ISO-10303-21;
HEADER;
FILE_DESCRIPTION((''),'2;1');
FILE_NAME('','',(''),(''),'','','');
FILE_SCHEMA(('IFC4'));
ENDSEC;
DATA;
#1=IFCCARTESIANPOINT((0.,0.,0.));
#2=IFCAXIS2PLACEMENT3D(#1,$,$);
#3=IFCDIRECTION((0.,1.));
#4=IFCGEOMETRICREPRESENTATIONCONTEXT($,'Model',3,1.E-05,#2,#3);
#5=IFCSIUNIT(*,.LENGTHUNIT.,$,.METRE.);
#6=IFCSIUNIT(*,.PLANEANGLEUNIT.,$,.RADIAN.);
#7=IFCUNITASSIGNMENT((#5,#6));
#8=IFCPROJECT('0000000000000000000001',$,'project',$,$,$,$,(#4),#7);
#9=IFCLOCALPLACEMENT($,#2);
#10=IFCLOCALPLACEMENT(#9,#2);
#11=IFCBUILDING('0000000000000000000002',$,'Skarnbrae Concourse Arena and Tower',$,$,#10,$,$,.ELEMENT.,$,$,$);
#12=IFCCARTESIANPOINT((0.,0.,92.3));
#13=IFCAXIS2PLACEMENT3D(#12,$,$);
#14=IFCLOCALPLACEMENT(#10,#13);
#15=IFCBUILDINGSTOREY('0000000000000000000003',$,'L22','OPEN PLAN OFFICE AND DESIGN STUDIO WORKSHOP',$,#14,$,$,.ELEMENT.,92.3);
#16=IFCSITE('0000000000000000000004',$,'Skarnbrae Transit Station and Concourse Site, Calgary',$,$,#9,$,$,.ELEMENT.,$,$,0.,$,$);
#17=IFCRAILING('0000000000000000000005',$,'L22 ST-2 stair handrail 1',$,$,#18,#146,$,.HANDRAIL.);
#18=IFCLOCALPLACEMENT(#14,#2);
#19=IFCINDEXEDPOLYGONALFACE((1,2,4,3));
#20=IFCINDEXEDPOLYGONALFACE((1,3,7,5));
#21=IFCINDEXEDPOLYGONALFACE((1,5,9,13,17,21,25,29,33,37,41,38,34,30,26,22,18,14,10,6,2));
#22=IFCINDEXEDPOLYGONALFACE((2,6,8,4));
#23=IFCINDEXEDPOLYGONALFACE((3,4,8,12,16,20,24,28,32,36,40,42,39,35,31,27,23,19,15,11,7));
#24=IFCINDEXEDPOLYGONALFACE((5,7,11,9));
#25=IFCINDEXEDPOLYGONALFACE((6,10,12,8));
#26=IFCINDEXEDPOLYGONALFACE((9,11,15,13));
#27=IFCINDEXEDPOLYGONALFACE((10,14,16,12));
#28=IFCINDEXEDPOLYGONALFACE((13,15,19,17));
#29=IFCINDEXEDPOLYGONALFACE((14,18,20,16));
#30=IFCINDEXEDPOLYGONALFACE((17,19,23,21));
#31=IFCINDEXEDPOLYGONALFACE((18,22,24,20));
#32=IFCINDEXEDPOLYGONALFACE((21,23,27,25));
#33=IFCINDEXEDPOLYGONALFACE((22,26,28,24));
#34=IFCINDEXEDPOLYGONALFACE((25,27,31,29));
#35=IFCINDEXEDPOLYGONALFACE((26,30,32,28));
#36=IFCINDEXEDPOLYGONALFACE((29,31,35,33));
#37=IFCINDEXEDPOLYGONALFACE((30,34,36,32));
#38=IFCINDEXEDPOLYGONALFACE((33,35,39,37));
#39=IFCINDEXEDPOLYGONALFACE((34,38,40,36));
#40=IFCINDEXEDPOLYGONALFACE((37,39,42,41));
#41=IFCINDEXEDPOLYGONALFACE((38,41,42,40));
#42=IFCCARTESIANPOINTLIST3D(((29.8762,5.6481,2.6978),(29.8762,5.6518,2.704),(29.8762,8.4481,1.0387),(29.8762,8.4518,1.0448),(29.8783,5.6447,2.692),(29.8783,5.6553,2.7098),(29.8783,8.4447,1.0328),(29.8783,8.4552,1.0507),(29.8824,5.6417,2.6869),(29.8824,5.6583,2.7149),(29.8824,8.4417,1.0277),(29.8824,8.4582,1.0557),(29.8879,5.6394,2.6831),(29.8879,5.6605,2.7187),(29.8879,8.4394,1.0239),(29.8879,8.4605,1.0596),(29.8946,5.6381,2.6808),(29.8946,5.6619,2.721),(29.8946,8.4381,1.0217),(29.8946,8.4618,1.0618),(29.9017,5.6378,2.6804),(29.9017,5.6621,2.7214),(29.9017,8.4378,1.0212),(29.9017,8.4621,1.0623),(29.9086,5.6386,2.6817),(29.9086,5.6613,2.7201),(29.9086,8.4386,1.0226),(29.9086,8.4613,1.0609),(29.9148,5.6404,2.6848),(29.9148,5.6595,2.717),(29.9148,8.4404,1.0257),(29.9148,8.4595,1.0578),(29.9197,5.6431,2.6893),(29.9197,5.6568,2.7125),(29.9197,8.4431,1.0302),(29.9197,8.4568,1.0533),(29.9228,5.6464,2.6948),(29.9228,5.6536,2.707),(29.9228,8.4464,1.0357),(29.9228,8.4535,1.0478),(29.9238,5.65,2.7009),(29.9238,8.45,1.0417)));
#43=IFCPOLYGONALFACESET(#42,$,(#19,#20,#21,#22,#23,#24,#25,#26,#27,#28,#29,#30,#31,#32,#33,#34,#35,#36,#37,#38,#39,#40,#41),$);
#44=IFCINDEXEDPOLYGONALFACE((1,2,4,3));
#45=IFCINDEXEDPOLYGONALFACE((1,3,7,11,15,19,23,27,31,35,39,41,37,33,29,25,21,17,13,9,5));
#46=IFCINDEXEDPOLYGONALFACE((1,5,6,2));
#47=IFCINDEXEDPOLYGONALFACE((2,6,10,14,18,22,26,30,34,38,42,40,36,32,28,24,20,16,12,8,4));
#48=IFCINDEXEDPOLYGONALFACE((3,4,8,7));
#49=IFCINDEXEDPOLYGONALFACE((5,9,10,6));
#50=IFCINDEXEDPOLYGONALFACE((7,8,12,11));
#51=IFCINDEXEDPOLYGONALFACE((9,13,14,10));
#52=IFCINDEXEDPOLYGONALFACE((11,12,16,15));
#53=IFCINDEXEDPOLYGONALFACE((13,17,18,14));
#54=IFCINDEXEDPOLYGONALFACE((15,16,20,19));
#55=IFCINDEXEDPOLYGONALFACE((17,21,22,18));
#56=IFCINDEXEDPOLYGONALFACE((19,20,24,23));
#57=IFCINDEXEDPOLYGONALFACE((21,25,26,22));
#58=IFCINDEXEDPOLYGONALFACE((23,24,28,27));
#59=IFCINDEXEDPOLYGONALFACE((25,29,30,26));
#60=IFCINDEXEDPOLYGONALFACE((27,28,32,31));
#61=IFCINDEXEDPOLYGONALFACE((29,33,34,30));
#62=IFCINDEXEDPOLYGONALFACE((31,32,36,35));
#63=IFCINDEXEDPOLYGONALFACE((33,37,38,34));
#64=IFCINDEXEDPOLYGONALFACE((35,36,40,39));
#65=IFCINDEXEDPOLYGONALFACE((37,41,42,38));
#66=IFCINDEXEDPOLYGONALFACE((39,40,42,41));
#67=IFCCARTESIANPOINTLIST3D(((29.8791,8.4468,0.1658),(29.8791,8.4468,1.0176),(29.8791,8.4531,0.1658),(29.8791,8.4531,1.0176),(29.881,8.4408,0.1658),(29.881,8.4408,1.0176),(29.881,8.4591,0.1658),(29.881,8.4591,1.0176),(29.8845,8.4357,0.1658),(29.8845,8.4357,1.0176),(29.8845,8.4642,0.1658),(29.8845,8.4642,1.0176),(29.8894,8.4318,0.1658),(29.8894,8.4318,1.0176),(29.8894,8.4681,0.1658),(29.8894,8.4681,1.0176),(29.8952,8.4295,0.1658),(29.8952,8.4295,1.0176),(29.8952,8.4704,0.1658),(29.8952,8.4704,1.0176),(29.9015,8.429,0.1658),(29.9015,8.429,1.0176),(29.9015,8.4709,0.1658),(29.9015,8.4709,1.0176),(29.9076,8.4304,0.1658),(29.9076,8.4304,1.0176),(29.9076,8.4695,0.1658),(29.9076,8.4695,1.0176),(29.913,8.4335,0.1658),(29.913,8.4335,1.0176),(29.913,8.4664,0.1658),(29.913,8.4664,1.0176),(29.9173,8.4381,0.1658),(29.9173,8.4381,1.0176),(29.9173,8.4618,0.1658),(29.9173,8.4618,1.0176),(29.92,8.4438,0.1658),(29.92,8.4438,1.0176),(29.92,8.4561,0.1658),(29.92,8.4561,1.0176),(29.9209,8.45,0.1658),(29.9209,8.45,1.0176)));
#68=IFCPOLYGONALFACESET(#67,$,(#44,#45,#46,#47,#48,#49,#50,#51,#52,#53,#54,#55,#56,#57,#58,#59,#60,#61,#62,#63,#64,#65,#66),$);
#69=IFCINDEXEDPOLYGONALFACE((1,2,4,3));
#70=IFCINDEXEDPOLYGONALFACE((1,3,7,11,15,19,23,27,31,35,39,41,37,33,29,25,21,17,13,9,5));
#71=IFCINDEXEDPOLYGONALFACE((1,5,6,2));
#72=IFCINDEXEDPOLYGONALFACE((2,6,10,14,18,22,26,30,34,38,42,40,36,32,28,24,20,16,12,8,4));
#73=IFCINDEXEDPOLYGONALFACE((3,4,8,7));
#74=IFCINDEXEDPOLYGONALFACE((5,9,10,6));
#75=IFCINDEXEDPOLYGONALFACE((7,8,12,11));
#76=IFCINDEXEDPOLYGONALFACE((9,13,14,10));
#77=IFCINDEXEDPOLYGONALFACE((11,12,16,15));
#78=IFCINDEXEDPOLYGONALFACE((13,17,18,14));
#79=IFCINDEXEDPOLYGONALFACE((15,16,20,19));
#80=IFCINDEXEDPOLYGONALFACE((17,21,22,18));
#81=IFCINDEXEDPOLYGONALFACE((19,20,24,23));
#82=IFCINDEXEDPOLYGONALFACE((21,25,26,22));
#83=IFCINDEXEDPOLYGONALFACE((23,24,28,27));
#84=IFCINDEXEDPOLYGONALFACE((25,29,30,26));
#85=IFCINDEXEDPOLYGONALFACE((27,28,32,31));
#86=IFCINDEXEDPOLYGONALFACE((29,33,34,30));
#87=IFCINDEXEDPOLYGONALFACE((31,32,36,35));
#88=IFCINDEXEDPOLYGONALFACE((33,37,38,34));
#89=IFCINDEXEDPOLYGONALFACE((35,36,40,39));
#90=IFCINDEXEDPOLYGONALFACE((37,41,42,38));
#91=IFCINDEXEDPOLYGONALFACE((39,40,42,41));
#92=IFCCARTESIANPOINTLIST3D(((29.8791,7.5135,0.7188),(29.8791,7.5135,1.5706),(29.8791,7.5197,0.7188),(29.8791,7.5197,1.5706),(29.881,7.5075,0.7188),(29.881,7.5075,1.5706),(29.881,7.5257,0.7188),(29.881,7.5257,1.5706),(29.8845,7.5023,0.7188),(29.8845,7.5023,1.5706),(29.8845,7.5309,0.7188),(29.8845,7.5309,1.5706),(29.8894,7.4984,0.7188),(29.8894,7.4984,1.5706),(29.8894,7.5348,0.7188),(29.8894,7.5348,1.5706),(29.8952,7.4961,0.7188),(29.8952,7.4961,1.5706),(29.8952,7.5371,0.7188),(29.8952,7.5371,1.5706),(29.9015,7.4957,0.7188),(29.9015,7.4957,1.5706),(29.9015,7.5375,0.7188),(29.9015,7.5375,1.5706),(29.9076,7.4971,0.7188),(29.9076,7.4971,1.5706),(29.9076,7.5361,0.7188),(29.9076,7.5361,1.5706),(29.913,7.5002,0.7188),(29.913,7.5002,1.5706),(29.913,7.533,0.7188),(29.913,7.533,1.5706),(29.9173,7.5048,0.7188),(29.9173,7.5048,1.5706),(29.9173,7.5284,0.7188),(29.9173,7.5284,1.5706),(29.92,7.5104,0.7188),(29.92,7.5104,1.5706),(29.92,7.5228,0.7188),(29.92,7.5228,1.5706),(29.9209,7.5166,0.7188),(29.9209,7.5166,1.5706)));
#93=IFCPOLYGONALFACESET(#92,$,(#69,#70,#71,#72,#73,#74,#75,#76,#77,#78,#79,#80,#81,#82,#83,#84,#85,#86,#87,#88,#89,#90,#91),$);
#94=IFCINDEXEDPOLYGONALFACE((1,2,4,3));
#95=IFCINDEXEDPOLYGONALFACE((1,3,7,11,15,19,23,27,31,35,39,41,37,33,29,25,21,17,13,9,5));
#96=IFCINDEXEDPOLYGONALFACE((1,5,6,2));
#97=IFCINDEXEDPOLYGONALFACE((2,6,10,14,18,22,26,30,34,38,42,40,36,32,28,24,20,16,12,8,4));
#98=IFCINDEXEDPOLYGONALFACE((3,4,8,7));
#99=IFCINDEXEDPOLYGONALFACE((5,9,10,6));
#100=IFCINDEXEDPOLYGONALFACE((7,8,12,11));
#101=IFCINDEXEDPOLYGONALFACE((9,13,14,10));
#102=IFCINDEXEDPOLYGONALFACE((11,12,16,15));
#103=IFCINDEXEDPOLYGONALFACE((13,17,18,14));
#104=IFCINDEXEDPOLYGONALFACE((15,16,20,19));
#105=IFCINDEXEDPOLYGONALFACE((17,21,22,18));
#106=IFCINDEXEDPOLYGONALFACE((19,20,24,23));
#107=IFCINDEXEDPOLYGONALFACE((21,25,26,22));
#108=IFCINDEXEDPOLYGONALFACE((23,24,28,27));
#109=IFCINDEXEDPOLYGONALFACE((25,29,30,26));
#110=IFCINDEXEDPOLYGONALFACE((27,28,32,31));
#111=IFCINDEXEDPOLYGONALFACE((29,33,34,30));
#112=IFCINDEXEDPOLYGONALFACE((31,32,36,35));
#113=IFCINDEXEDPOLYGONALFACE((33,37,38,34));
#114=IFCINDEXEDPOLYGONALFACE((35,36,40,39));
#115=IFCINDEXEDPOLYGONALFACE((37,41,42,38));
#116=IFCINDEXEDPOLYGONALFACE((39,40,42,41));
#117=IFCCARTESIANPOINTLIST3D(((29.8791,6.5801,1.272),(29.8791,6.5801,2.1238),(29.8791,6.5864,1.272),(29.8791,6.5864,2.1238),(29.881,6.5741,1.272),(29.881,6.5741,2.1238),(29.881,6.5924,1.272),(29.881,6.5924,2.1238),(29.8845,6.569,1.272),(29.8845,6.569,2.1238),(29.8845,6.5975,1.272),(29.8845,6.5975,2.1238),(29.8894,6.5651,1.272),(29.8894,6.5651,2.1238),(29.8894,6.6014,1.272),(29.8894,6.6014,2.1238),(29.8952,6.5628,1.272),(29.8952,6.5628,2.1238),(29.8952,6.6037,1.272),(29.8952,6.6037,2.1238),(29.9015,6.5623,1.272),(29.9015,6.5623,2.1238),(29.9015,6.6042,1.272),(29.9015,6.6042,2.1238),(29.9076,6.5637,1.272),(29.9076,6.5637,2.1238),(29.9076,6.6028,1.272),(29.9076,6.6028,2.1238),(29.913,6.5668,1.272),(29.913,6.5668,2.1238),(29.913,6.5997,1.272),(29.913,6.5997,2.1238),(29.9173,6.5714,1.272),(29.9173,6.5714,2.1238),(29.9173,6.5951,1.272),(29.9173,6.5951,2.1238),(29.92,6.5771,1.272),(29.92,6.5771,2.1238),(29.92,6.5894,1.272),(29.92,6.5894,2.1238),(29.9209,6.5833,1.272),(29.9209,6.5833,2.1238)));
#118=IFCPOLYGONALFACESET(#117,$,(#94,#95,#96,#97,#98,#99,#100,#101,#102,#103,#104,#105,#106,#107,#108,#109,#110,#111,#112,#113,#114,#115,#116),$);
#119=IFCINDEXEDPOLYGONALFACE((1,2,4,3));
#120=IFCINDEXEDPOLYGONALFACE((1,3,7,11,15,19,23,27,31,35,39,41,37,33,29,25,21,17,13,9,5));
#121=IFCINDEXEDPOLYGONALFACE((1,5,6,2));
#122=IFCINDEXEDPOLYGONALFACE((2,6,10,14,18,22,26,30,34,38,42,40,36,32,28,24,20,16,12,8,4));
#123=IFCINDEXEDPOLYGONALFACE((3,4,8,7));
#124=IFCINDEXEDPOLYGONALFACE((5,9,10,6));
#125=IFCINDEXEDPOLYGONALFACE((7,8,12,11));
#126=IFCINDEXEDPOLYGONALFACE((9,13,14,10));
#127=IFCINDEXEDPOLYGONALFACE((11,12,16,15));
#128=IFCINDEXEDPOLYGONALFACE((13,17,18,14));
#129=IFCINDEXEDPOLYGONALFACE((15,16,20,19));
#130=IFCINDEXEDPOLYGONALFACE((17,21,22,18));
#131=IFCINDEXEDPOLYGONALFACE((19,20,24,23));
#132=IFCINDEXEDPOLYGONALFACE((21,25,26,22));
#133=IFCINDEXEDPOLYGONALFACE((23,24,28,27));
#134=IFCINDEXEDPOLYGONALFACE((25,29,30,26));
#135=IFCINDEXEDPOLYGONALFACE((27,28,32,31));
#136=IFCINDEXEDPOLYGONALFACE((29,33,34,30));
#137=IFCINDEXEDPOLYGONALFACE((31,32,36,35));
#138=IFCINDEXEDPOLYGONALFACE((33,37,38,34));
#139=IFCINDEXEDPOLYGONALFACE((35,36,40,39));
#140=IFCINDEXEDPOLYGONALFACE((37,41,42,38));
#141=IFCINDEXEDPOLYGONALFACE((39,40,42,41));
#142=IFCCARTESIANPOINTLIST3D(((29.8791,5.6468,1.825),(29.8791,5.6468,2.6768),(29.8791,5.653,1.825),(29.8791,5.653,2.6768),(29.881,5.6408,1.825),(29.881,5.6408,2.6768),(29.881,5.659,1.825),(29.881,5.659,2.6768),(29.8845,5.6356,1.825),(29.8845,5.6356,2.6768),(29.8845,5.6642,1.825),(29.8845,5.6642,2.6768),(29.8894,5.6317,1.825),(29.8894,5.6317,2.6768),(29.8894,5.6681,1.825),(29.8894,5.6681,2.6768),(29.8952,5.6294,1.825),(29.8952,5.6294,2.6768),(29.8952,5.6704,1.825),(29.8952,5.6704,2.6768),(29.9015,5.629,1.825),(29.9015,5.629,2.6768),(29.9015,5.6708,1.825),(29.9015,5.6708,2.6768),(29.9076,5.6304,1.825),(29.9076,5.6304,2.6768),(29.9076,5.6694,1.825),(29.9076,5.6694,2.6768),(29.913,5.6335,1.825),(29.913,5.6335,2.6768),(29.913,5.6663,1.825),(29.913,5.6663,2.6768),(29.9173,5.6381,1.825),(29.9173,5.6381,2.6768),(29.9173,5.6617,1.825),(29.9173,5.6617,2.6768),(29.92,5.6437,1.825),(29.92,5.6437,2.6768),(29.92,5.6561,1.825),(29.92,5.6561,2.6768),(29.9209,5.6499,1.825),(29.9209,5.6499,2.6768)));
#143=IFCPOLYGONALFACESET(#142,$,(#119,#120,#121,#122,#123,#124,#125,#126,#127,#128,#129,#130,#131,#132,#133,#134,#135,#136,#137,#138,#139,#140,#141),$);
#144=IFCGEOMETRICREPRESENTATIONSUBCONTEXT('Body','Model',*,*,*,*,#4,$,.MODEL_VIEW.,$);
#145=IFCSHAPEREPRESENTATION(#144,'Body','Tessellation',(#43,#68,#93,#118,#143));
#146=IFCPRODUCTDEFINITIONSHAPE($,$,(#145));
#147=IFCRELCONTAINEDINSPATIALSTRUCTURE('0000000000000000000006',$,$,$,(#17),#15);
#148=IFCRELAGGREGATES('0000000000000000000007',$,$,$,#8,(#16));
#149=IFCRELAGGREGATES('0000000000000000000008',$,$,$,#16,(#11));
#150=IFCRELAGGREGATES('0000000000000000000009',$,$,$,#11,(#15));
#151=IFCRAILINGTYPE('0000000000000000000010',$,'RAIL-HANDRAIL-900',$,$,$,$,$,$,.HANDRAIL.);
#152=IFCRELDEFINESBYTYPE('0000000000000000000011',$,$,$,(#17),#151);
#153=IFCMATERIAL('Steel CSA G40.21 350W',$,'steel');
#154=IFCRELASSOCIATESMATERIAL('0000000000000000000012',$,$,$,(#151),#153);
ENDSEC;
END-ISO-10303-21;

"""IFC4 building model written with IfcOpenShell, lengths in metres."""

from ifc_helpers import new_model, si_unit, direction, frame, origin, origin_2d, place, context, subcontext, project, spatial, circle, extrude, material, type_object, element, save


model = new_model("IFC4")

# Units and contexts
model_context = context("Model", 3, precision=1e-05, world=origin(), true_north=direction((0.0, 1.0)))
body_context = subcontext(model_context, "Body", "Model", "MODEL_VIEW")
ifc_project = project(units=[si_unit("LENGTHUNIT", "METRE"), si_unit("PLANEANGLEUNIT", "RADIAN")], contexts=[model_context])

# Site, building, storey
site_placement = place(None, origin())
site = spatial("IfcSite", under=ifc_project, at=site_placement, Name="Skarnbrae Transit Station and Concourse Site, Calgary", CompositionType="ELEMENT", RefElevation=0.0)
building_placement = place(site_placement, origin())
building = spatial("IfcBuilding", under=site, at=building_placement, Name="Skarnbrae Concourse Arena and Tower", CompositionType="ELEMENT")
storey_placement = place(building_placement, frame((0.0, 0.0, 92.3)))
storey = spatial("IfcBuildingStorey", under=building, at=storey_placement, Name="L22", Description="OPEN PLAN OFFICE AND DESIGN STUDIO WORKSHOP", CompositionType="ELEMENT", Elevation=92.3)

# Shared definitions
ifc_material_1 = material(Name="Steel CSA G40.21 350W", Category="steel")

# Railing
railing_type_1 = type_object("IfcRailingType", Name="RAIL-HANDRAIL-900", PredefinedType="HANDRAIL", material=ifc_material_1)
railing_1_placement = place(storey_placement, frame((29.8999, 8.45, 0.1658)))
element("IfcRailing", 1, at=railing_1_placement, inside=storey, type_object=railing_type_1, Name="L22 ST-2 stair handrail 1", PredefinedType="HANDRAIL", context=body_context, shape_type="SweptSolid", body=[
    extrude(circle(Radius=0.0239, at=origin_2d()), frame((0.0, 0.0, 0.876), z_axis=(0.0, -0.860306, 0.509778), x_axis=(1.0, 0.0, 0.0)), (0.0, 0.0, 1.0), 3.2546),
    extrude(circle(Radius=0.021, at=origin_2d()), origin(), (0.0, 0.0, 1.0), 0.8518),
    extrude(circle(Radius=0.021, at=origin_2d()), frame((0.0, -0.9333, 0.553)), (0.0, 0.0, 1.0), 0.8518),
    extrude(circle(Radius=0.021, at=origin_2d()), frame((0.0, -1.8667, 1.1062)), (0.0, 0.0, 1.0), 0.8518),
    extrude(circle(Radius=0.021, at=origin_2d()), frame((0.0, -2.8, 1.6592)), (0.0, 0.0, 1.0), 0.8518),
])

save(model, "model.ifc")
